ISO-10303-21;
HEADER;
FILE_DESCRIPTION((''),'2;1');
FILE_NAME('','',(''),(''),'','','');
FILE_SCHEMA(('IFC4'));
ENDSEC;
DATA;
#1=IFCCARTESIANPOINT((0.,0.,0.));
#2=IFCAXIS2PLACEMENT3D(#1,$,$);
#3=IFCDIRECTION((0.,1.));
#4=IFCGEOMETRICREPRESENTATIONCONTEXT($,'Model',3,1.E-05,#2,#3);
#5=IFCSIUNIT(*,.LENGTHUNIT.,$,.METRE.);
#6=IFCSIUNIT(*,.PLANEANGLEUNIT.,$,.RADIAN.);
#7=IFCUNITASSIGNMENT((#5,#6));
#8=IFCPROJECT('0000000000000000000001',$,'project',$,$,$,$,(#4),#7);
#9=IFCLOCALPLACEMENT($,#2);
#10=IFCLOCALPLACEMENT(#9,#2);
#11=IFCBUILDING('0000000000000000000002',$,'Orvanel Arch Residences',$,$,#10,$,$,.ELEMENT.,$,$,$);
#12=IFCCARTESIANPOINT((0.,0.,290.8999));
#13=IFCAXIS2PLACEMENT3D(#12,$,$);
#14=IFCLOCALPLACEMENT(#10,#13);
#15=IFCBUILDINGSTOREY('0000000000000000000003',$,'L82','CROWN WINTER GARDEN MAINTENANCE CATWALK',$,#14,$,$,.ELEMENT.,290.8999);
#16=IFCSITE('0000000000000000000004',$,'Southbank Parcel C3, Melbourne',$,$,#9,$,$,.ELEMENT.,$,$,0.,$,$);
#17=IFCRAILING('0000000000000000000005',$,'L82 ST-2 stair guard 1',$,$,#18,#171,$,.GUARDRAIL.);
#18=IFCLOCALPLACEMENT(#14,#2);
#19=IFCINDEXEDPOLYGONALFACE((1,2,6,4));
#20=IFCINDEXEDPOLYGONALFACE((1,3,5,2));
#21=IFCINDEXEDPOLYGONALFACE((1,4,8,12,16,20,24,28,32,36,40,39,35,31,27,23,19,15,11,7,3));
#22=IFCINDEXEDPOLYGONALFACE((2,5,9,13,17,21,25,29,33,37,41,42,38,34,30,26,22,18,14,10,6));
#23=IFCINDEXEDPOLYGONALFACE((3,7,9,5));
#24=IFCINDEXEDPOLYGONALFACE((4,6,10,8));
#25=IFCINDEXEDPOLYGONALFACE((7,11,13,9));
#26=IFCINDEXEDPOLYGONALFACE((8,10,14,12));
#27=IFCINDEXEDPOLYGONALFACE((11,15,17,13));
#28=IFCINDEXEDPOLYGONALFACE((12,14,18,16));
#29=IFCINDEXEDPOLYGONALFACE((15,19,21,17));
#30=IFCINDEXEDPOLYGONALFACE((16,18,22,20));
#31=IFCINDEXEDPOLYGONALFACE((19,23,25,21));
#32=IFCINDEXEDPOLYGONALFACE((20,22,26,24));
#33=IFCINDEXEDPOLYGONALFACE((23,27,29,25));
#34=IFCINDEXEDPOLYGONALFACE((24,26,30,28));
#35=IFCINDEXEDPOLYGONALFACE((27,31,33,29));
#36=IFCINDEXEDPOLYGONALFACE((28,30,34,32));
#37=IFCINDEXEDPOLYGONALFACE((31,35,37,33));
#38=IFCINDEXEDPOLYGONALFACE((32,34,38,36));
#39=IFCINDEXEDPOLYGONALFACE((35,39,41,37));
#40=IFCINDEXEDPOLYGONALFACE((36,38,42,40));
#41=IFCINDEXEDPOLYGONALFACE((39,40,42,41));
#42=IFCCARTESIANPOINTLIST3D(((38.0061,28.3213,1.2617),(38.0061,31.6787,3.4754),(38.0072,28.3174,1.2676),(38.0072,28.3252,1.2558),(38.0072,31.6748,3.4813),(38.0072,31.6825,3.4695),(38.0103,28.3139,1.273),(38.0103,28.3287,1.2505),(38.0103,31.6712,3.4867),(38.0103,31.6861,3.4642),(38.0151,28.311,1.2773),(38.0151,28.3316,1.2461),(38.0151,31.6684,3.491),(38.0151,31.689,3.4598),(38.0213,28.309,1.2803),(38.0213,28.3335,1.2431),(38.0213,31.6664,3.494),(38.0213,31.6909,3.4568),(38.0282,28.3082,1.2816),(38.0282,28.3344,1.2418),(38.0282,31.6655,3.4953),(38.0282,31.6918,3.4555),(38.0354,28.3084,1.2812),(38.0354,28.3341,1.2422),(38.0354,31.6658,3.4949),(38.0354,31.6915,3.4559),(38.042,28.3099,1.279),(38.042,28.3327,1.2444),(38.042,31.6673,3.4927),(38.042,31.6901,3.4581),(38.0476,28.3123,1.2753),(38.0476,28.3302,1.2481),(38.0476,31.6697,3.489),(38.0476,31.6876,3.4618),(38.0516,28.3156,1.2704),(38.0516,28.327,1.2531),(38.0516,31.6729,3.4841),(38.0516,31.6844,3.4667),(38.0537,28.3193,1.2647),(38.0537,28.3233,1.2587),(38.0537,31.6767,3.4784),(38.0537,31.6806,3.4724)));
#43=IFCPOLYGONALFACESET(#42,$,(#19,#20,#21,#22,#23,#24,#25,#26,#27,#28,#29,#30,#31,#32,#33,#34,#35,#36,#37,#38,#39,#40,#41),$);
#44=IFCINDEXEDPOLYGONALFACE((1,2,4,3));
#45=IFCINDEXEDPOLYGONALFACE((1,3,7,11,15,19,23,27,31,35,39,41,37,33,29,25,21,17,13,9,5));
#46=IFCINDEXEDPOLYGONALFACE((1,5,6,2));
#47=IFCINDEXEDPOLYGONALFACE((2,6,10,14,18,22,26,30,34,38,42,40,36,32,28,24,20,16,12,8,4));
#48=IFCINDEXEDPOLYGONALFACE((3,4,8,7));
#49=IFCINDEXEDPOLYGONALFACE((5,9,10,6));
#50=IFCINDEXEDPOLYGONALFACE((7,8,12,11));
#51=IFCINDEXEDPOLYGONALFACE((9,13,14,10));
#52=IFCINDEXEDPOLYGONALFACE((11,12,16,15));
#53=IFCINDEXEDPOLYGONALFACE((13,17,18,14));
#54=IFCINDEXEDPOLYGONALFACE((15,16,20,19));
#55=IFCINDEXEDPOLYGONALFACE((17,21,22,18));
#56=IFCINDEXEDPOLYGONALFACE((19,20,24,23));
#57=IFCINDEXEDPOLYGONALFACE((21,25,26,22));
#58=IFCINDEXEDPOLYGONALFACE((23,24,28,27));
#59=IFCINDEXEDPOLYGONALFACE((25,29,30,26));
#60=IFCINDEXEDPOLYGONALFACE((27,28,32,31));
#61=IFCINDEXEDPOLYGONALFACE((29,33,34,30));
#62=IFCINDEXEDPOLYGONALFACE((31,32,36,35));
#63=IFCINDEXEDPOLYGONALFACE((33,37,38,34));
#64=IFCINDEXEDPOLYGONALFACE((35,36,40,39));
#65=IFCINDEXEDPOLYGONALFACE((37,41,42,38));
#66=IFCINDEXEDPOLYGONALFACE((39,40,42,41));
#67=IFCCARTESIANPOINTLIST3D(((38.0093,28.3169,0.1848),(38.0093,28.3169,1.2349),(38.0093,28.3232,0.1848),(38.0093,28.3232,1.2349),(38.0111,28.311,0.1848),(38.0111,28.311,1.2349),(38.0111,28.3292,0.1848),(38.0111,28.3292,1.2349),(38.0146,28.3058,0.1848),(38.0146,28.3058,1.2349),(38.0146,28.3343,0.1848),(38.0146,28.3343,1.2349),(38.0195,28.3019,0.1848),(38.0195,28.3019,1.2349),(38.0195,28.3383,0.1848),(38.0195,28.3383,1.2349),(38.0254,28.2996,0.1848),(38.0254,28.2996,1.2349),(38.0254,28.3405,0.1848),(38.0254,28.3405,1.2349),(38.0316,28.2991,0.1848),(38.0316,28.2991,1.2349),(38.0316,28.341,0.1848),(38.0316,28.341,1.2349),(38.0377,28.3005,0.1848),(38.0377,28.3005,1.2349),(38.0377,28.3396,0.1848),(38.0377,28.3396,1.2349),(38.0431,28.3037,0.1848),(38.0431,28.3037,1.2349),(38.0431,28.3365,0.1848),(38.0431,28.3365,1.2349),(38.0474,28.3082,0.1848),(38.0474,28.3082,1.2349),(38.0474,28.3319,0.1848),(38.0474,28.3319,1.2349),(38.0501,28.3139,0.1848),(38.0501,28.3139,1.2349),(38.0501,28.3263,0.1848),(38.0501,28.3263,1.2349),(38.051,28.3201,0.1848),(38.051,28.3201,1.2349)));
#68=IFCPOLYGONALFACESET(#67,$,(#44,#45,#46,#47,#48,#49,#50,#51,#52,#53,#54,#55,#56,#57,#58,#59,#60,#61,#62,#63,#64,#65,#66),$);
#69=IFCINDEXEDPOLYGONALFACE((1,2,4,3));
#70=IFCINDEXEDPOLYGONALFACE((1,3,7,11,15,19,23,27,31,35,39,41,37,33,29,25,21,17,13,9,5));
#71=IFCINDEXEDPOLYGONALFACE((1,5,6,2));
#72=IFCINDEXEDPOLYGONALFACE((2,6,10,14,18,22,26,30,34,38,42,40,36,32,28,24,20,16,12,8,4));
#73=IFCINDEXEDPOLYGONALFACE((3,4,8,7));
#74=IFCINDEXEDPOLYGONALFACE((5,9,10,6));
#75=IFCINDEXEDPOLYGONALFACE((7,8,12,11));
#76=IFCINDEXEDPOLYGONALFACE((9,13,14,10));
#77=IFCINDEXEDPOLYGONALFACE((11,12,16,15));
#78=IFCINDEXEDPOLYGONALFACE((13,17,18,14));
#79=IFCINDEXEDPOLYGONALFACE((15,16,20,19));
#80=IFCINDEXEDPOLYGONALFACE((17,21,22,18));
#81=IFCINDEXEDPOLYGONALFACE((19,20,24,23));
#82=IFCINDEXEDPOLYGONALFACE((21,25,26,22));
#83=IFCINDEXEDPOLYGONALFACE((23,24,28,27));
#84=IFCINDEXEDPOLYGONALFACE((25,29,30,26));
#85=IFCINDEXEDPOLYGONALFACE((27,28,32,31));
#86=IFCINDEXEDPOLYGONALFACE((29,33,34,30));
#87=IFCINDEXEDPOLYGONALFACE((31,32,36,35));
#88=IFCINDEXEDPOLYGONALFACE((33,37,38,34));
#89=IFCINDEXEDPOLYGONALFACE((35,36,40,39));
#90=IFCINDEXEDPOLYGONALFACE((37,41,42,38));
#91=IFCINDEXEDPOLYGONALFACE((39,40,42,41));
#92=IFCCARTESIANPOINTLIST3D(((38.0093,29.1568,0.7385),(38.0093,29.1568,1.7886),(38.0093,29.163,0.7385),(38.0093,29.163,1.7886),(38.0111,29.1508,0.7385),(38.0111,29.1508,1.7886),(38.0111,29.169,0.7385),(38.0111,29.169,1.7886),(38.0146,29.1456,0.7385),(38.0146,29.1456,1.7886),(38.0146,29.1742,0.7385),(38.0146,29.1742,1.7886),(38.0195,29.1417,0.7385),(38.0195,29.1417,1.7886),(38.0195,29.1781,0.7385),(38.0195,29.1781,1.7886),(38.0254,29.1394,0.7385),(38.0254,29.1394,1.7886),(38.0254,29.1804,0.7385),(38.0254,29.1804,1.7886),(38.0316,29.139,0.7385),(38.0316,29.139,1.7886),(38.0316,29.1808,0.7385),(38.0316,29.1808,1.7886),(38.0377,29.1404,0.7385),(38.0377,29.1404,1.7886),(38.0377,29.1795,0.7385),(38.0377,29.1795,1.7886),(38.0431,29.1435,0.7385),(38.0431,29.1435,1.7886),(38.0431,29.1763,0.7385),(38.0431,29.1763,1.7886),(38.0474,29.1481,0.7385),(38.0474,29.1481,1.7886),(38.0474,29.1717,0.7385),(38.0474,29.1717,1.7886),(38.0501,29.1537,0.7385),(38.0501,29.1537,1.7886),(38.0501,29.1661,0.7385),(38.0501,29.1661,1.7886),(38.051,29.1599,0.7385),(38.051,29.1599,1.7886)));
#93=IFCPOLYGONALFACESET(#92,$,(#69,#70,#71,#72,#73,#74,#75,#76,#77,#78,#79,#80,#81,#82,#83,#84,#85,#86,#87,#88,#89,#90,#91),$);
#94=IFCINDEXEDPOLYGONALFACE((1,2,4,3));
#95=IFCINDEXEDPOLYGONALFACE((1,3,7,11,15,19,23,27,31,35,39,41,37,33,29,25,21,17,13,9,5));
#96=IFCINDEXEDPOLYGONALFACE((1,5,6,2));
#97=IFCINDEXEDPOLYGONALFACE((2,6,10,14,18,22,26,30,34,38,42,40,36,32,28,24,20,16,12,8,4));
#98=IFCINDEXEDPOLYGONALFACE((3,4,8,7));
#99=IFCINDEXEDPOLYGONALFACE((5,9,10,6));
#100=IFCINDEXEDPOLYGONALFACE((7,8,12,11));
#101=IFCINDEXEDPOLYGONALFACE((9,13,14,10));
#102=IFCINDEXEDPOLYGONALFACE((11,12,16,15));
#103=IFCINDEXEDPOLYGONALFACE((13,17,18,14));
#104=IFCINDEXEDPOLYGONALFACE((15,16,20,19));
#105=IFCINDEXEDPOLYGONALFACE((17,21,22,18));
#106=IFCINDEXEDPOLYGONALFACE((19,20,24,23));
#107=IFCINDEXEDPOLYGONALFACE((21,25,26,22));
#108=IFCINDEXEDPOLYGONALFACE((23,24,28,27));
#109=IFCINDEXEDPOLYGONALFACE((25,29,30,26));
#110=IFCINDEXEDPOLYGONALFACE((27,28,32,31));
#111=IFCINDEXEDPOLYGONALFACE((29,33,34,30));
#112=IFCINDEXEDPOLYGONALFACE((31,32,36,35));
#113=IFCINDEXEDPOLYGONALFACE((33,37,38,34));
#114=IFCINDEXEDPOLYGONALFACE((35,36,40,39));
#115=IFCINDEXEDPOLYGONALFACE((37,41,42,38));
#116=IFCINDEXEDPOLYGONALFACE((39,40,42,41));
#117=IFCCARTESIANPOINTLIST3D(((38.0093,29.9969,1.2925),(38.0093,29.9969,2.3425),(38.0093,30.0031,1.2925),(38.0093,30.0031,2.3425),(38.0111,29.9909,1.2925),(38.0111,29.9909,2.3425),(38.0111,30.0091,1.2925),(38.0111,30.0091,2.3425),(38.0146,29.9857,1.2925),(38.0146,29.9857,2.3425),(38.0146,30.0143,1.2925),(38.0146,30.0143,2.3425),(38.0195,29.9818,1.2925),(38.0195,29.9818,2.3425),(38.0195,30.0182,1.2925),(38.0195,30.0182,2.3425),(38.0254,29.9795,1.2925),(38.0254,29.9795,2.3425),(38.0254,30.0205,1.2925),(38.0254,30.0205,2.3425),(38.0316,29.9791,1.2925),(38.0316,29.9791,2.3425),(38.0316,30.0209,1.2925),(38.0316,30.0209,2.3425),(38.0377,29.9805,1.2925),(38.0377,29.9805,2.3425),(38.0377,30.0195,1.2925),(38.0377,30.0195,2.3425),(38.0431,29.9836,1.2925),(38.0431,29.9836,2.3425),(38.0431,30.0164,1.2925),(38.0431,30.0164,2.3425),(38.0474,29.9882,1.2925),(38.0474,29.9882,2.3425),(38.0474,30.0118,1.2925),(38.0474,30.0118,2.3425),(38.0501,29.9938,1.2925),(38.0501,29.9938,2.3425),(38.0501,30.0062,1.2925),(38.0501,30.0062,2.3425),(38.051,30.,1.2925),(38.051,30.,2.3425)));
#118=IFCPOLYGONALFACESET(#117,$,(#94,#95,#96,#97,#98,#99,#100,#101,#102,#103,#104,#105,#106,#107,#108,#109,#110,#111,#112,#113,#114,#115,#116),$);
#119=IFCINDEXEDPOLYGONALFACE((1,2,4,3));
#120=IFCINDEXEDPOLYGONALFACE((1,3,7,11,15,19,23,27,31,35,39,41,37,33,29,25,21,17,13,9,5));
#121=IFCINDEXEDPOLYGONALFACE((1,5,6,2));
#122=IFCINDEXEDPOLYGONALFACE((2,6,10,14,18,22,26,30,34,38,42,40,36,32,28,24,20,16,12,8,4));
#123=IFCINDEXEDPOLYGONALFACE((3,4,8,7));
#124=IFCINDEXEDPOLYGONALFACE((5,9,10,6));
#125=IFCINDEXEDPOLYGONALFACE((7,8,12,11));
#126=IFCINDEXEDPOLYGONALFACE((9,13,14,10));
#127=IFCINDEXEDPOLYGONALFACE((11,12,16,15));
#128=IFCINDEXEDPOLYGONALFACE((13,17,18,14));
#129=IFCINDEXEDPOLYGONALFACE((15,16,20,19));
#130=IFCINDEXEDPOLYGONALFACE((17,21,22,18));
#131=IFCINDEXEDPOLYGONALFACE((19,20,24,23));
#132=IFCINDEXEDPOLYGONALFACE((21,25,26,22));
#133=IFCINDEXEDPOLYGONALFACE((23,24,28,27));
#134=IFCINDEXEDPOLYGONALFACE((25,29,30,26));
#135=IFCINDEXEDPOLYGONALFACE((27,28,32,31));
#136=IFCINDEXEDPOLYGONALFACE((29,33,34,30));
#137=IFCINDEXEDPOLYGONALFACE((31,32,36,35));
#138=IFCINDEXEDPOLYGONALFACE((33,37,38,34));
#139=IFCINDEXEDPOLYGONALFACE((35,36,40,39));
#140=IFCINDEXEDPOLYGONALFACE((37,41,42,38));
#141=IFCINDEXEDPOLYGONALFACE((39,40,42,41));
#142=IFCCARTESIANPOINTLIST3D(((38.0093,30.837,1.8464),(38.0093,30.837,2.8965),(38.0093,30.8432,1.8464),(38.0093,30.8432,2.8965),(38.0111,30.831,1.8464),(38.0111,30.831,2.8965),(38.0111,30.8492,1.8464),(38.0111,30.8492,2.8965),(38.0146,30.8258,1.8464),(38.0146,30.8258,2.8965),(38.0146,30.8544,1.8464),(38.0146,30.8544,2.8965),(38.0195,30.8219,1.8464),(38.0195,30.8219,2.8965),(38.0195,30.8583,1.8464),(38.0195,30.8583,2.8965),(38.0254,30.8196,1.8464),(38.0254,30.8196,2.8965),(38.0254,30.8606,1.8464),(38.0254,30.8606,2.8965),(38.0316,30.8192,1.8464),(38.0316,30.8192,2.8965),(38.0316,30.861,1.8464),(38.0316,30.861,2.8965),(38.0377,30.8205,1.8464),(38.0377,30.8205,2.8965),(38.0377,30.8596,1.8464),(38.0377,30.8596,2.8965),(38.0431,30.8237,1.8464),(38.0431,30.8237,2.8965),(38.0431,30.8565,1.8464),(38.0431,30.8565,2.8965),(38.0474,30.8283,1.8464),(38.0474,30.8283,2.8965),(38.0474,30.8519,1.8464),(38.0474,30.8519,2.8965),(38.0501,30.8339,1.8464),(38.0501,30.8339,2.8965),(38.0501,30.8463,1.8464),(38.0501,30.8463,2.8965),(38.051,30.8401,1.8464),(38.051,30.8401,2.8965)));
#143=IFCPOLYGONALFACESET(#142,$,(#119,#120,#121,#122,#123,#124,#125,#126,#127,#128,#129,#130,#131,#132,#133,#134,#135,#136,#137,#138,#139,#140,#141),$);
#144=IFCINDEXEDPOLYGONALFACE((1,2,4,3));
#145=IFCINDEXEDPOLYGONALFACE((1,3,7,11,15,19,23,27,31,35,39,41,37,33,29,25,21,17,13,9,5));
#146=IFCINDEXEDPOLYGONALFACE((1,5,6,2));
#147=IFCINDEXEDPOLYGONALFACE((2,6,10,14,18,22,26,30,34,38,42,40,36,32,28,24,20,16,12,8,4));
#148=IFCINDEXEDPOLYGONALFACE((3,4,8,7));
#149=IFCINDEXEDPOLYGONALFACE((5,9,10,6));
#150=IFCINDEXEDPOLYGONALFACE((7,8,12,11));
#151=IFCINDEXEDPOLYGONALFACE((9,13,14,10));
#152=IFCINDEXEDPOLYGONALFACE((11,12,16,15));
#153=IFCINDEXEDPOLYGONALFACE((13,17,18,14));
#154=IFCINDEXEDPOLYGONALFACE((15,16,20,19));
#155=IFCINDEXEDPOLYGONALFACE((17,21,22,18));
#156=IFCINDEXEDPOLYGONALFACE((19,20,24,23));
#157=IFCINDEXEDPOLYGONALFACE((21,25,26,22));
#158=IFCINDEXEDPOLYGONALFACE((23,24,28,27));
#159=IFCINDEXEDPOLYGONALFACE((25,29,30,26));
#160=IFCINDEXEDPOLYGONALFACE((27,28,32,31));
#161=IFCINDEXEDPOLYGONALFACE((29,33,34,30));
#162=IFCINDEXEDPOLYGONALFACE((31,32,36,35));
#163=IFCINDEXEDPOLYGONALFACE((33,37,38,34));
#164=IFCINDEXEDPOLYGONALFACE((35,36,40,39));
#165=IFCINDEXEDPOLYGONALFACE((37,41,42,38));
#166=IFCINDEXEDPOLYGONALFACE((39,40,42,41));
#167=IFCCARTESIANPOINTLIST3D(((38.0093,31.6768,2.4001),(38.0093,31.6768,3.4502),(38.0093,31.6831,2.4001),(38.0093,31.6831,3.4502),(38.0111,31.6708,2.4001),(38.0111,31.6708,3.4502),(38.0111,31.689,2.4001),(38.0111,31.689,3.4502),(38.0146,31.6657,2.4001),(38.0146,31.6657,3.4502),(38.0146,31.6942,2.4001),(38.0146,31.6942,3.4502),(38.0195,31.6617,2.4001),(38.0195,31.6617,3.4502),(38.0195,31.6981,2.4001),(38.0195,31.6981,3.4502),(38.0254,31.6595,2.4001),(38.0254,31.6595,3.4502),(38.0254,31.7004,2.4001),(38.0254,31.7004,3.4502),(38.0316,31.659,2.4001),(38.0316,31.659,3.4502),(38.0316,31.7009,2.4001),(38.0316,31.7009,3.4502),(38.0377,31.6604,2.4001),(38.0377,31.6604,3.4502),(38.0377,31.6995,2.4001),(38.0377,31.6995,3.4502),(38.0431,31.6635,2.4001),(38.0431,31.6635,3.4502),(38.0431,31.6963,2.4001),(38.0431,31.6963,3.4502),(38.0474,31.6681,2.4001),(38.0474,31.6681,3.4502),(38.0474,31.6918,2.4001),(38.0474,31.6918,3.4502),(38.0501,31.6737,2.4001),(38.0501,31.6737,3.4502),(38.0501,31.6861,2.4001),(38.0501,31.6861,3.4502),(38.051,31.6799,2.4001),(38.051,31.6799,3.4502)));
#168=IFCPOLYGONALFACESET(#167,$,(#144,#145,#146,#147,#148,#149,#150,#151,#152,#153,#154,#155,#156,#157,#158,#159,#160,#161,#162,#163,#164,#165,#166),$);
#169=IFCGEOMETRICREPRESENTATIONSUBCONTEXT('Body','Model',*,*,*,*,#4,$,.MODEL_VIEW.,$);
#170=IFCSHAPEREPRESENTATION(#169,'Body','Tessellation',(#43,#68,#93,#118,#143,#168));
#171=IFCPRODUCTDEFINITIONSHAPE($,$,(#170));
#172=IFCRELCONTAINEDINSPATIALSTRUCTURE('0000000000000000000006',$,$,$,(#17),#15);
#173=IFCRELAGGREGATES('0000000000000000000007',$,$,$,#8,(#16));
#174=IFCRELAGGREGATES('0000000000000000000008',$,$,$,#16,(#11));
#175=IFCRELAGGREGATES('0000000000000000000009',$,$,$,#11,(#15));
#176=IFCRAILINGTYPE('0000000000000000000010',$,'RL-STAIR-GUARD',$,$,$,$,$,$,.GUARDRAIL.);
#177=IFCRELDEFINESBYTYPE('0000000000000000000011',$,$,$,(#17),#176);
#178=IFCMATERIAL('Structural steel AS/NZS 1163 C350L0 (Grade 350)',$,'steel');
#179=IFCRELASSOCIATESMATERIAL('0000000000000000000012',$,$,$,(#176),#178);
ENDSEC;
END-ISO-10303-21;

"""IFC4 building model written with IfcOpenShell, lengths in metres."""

from ifc_helpers import new_model, si_unit, direction, frame, origin, origin_2d, place, context, subcontext, project, spatial, circle, extrude, material, type_object, element, save


model = new_model("IFC4")

# Units and contexts
model_context = context("Model", 3, precision=1e-05, world=origin(), true_north=direction((0.0, 1.0)))
body_context = subcontext(model_context, "Body", "Model", "MODEL_VIEW")
ifc_project = project(units=[si_unit("LENGTHUNIT", "METRE"), si_unit("PLANEANGLEUNIT", "RADIAN")], contexts=[model_context])

# Site, building, storey
site_placement = place(None, origin())
site = spatial("IfcSite", under=ifc_project, at=site_placement, Name="Southbank Parcel C3, Melbourne", CompositionType="ELEMENT", RefElevation=0.0)
building_placement = place(site_placement, origin())
building = spatial("IfcBuilding", under=site, at=building_placement, Name="Orvanel Arch Residences", CompositionType="ELEMENT")
storey_placement = place(building_placement, frame((0.0, 0.0, 290.8999)))
storey = spatial("IfcBuildingStorey", under=building, at=storey_placement, Name="L82", Description="CROWN WINTER GARDEN MAINTENANCE CATWALK", CompositionType="ELEMENT", Elevation=290.8999)

# Shared definitions
ifc_material_1 = material(Name="Structural steel AS/NZS 1163 C350L0 (Grade 350)", Category="steel")

# Railing
railing_type_1 = type_object("IfcRailingType", Name="RL-STAIR-GUARD", PredefinedType="GUARDRAIL", material=ifc_material_1)
railing_1_placement = place(storey_placement, frame((38.03, 28.3201, 0.1848)))
element("IfcRailing", 1, at=railing_1_placement, inside=storey, type_object=railing_type_1, Name="L82 ST-2 stair guard 1", PredefinedType="GUARDRAIL", context=body_context, shape_type="SweptSolid", body=[
    extrude(circle(Radius=0.0239, at=origin_2d()), frame((0.0, 0.0012, 1.0769), z_axis=(0.0, 0.834858, 0.550465), x_axis=(-1.0, 0.0, 0.0)), (0.0, 0.0, 1.0), 4.0215),
    extrude(circle(Radius=0.021, at=origin_2d()), origin(), (0.0, 0.0, 1.0), 1.05),
    extrude(circle(Radius=0.021, at=origin_2d()), frame((0.0, 0.8398, 0.5537)), (0.0, 0.0, 1.0), 1.05),
    extrude(circle(Radius=0.021, at=origin_2d()), frame((0.0, 1.6799, 1.1077)), (0.0, 0.0, 1.0), 1.05),
    extrude(circle(Radius=0.021, at=origin_2d()), frame((0.0, 2.52, 1.6616)), (0.0, 0.0, 1.0), 1.05),
    extrude(circle(Radius=0.021, at=origin_2d()), frame((0.0, 3.3599, 2.2153)), (0.0, 0.0, 1.0), 1.05),
])

save(model, "model.ifc")
